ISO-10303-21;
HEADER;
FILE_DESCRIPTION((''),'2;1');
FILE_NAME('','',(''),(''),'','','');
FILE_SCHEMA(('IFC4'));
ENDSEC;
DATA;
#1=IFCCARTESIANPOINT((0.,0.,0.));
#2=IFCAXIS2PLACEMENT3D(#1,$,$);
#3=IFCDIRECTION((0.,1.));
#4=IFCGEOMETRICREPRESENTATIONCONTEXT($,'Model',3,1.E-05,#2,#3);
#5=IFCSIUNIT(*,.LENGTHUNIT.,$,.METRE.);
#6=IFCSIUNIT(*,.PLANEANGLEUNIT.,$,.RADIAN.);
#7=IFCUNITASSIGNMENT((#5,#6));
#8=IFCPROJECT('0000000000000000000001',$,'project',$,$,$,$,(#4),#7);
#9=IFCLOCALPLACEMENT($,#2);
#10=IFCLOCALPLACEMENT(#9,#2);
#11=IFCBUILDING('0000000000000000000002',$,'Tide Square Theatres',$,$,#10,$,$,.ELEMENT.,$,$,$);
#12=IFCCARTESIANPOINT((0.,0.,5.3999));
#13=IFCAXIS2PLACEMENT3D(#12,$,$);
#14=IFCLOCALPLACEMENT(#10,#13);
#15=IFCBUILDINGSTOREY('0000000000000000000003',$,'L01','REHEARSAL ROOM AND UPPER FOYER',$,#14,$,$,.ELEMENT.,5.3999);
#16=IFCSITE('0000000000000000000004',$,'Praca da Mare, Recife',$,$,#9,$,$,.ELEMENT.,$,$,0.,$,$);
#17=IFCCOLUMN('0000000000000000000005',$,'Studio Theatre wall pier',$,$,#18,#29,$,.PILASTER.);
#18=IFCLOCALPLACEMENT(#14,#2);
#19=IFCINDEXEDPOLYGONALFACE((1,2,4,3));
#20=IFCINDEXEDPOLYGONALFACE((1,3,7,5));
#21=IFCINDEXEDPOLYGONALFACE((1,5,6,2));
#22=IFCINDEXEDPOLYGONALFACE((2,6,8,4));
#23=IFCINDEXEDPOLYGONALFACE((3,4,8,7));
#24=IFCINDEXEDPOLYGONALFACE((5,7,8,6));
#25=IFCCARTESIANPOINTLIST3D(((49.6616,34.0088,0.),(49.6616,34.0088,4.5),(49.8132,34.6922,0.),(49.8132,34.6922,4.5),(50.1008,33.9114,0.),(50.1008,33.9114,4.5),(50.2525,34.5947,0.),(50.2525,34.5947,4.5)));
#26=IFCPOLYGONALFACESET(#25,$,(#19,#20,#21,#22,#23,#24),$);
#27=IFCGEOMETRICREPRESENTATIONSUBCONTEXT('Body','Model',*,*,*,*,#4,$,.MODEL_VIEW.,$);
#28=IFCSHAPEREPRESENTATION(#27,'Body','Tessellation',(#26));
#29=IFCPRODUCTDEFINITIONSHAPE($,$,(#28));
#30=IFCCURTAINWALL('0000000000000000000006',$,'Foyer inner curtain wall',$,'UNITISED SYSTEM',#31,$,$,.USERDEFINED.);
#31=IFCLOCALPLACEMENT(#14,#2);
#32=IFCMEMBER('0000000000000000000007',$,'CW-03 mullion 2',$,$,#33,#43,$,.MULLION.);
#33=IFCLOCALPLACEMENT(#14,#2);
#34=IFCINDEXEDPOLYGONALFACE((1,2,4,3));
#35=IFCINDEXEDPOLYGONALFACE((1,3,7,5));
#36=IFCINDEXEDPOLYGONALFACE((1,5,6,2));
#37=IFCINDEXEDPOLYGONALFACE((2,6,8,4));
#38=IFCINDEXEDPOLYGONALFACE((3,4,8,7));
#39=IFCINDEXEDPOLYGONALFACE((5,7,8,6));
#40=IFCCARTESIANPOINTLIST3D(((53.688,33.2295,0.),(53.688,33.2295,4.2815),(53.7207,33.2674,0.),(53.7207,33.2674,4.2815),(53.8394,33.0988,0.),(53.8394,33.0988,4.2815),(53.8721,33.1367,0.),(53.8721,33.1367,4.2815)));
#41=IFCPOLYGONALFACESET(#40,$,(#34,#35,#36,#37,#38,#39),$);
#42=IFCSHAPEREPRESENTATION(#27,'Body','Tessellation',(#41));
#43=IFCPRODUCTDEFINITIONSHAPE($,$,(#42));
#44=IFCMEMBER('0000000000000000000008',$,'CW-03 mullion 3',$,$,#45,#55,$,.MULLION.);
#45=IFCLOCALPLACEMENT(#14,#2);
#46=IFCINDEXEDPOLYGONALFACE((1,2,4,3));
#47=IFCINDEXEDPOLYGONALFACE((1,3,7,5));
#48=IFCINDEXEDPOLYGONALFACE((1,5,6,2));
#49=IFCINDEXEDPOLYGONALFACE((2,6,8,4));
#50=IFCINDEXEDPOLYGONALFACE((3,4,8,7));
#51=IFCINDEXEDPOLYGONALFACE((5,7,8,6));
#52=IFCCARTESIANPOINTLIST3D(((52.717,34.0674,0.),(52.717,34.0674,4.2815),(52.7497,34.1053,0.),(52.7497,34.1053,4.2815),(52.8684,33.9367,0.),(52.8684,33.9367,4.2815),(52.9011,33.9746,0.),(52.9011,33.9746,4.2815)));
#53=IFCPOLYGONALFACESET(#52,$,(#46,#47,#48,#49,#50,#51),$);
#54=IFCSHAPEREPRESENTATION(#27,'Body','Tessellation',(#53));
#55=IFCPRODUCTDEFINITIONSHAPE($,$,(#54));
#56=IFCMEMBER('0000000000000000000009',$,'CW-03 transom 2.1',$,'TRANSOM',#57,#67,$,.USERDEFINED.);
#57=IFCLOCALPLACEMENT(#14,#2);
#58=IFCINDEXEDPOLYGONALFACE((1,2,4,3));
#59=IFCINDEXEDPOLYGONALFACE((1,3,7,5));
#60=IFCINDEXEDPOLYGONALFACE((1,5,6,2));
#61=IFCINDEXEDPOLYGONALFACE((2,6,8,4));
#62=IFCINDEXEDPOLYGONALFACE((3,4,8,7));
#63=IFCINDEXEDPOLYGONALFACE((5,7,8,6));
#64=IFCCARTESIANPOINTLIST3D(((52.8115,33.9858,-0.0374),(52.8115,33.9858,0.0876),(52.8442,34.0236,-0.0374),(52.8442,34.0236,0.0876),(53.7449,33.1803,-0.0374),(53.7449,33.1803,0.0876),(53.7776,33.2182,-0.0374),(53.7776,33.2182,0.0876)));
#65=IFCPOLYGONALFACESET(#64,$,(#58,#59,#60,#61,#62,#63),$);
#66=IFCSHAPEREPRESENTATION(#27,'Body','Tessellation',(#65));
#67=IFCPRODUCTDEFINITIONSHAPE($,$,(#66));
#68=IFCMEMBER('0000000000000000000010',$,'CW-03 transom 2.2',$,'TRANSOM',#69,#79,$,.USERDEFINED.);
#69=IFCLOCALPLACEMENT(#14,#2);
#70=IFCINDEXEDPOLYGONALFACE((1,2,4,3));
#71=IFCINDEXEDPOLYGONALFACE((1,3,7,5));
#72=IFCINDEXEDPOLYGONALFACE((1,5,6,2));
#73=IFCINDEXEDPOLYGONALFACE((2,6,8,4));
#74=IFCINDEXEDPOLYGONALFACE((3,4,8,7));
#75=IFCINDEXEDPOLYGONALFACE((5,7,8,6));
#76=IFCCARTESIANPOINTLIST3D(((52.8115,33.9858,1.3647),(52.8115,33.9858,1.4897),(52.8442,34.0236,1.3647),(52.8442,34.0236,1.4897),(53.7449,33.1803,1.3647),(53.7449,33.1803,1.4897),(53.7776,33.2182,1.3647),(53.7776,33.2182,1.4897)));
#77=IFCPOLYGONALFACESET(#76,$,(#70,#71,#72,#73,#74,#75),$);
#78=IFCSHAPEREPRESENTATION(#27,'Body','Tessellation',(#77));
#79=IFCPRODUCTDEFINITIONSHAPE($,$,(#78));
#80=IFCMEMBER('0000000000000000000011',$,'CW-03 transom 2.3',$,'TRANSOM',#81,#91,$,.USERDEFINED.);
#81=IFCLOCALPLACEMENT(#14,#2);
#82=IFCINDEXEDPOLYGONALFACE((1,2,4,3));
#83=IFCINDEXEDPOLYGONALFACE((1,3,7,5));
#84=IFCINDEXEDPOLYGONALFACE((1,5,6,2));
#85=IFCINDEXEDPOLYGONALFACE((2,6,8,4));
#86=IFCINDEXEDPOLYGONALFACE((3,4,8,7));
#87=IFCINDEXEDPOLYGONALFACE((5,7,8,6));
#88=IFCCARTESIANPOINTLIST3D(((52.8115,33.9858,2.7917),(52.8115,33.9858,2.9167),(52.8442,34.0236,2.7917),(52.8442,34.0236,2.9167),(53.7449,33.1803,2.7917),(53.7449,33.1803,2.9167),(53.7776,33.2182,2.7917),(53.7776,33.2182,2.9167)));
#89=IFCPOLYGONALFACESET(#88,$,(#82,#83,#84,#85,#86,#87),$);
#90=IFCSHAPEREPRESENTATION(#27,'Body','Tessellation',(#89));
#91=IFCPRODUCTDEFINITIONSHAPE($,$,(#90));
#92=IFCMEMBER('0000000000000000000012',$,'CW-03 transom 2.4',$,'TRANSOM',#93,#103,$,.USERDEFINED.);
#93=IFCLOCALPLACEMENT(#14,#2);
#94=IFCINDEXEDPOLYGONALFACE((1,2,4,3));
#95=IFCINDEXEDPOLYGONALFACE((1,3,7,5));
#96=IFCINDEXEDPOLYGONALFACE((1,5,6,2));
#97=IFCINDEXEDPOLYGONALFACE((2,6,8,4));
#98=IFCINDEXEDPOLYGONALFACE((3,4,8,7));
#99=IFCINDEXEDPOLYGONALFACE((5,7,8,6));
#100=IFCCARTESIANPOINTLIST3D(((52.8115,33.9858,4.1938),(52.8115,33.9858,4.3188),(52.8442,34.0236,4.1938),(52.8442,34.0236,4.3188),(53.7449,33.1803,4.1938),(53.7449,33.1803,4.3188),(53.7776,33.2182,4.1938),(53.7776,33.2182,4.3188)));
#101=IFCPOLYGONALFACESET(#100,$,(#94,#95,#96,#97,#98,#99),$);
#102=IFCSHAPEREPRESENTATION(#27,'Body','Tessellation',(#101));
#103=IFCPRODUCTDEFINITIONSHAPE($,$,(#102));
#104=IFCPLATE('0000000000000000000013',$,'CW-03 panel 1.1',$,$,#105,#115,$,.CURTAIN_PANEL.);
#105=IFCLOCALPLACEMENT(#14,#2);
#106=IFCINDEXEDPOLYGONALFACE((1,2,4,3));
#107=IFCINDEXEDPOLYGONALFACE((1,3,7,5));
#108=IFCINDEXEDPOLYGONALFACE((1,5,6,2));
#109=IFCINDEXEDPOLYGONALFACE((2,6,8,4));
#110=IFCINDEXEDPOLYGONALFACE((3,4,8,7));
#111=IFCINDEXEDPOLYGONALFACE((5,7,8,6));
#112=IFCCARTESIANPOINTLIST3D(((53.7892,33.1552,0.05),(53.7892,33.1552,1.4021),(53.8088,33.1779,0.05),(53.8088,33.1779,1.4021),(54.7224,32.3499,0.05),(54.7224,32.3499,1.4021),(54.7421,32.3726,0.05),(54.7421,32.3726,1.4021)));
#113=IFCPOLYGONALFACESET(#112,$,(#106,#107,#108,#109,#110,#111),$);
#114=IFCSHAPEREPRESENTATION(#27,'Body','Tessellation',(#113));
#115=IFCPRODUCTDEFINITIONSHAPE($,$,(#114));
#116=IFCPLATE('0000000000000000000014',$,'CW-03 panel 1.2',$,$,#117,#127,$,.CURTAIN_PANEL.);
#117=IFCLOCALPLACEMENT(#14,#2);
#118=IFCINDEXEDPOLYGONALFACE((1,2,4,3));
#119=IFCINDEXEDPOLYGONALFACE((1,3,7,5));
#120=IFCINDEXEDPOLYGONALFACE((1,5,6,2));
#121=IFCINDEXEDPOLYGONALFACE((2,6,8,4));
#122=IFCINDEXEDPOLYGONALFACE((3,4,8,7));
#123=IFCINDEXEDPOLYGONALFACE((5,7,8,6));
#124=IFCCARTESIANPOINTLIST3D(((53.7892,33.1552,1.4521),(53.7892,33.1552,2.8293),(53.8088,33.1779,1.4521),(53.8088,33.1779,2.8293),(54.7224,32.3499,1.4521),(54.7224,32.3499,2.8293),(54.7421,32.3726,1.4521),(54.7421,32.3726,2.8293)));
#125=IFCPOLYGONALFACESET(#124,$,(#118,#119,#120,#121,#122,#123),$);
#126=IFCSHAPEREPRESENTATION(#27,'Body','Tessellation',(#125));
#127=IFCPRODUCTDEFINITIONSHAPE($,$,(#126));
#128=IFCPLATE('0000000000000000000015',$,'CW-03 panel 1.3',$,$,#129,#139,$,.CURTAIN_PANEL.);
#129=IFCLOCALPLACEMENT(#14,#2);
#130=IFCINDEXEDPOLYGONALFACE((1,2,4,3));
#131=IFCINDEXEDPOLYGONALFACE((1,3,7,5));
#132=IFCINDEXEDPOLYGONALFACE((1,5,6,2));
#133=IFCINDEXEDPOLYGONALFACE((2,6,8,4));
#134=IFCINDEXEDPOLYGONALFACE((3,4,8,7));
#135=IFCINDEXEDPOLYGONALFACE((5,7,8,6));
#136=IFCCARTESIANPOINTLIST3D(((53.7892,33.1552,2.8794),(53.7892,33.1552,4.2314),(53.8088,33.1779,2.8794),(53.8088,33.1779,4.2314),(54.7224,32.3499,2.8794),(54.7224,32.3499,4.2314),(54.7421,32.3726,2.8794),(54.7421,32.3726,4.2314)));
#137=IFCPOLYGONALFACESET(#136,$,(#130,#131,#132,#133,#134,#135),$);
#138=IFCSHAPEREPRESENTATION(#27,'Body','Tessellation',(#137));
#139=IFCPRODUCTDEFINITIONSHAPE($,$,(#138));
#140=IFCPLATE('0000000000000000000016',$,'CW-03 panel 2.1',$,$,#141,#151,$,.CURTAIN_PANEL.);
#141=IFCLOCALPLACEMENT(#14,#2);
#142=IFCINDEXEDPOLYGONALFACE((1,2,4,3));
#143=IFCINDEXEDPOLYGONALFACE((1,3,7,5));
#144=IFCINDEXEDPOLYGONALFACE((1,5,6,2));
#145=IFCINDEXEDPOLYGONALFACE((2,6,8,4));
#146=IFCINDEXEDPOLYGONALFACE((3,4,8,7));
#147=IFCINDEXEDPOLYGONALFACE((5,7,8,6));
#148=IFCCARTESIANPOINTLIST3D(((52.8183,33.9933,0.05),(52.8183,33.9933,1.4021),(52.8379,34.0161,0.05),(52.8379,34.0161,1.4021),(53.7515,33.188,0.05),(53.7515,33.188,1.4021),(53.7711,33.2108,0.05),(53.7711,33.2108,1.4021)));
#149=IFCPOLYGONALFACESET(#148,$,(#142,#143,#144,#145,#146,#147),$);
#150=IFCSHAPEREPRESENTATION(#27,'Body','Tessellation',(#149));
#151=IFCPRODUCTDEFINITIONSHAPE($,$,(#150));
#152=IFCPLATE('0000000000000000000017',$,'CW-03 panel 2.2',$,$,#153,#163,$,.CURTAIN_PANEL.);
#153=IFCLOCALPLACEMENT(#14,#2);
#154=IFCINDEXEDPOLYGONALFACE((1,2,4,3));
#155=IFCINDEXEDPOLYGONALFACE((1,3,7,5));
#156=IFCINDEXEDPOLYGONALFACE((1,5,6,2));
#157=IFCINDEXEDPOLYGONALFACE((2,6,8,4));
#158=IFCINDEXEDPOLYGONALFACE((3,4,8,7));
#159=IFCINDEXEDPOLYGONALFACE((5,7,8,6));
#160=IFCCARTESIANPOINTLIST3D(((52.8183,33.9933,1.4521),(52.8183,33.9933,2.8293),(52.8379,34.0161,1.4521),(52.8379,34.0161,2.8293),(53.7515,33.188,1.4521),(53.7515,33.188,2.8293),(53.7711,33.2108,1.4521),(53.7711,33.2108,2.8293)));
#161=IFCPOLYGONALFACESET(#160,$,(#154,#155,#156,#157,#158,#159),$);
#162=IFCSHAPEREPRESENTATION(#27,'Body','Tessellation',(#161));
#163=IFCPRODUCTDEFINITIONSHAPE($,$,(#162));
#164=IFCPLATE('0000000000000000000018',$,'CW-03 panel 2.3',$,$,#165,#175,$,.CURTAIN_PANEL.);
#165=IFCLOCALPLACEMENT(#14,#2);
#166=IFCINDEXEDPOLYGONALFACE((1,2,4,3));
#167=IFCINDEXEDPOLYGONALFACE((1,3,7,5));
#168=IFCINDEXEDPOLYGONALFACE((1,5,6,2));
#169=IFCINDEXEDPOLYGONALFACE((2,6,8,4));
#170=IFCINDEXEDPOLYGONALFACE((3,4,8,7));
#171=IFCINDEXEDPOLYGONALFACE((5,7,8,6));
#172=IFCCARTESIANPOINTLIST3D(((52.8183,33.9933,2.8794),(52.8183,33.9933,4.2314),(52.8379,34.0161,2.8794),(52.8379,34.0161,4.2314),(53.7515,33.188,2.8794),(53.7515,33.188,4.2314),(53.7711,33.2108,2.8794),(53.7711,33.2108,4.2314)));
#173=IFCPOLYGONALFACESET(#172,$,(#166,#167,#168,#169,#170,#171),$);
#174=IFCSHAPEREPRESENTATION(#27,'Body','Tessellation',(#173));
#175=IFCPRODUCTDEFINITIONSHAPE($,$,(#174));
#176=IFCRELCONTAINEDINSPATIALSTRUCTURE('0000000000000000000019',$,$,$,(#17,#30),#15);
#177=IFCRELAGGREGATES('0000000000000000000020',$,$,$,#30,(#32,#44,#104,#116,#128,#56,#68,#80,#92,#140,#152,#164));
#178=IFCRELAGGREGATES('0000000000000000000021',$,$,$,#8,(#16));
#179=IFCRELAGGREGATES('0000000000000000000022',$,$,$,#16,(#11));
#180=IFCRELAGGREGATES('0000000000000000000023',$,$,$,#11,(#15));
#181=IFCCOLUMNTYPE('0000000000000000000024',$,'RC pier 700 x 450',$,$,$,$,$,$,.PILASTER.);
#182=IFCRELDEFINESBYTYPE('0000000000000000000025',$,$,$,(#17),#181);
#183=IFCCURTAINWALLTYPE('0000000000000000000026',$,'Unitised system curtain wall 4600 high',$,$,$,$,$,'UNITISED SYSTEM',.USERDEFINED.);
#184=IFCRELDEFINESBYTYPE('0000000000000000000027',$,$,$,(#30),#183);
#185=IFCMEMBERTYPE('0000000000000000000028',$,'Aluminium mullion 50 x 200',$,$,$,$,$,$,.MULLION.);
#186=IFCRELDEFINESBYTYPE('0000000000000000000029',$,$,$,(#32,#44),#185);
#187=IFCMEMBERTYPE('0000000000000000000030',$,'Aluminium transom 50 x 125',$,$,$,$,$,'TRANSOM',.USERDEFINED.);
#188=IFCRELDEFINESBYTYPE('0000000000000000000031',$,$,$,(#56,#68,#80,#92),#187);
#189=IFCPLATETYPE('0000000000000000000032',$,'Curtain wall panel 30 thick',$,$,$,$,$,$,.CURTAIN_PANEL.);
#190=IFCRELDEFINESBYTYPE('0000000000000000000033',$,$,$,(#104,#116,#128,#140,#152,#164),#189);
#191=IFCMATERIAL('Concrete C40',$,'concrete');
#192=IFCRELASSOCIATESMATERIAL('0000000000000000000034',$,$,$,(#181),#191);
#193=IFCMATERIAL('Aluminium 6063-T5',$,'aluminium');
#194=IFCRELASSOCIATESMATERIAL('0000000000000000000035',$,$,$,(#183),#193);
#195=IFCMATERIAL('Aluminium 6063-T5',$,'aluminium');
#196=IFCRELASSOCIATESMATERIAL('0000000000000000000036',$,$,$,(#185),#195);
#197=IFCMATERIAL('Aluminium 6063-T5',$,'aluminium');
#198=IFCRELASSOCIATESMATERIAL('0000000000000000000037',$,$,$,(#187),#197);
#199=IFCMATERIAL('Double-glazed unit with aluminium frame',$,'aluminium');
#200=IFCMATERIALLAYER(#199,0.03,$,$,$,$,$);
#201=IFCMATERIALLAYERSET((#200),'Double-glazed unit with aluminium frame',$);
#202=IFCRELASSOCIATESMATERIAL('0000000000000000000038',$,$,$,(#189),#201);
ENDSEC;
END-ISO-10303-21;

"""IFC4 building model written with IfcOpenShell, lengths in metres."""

from ifc_helpers import new_model, si_unit, direction, frame, origin, origin_2d, place, context, subcontext, project, spatial, rectangle, extrude, material, layer, layer_set, material_profile, profile_set, type_object, element, aggregate, save


model = new_model("IFC4")

# Units and contexts
model_context = context("Model", 3, precision=1e-05, world=origin(), true_north=direction((0.0, 1.0)))
body_context = subcontext(model_context, "Body", "Model", "MODEL_VIEW")
ifc_project = project(units=[si_unit("LENGTHUNIT", "METRE"), si_unit("PLANEANGLEUNIT", "RADIAN")], contexts=[model_context])

# Site, building, storey
site_placement = place(None, origin())
site = spatial("IfcSite", under=ifc_project, at=site_placement, Name="Praca da Mare, Recife", CompositionType="ELEMENT", RefElevation=0.0)
building_placement = place(site_placement, origin())
building = spatial("IfcBuilding", under=site, at=building_placement, Name="Tide Square Theatres", CompositionType="ELEMENT")
storey_placement = place(building_placement, frame((0.0, 0.0, 5.3999)))
storey = spatial("IfcBuildingStorey", under=building, at=storey_placement, Name="L01", Description="REHEARSAL ROOM AND UPPER FOYER", CompositionType="ELEMENT", Elevation=5.3999)

# Column
ifc_material_1 = material(Name="Concrete C40", Category="concrete")
ifc_material_profile_1 = material_profile(ifc_material_1, rectangle(XDim=0.7, YDim=0.45, at=origin_2d()))
ifc_profile_set_1 = profile_set([ifc_material_profile_1], Name="Concrete C40")
column_type = type_object("IfcColumnType", Name="RC pier 700 x 450", PredefinedType="PILASTER", material=ifc_profile_set_1)
column_placement = place(storey_placement, frame((49.957, 34.3018, 0.0), z_axis=(0.0, 0.0, 1.0), x_axis=(0.216641, 0.976251, 0.0)))
element("IfcColumn", 1, at=column_placement, inside=storey, type_object=column_type, Name="Studio Theatre wall pier", PredefinedType="PILASTER", context=body_context, shape_type="SweptSolid", body=[
    extrude(rectangle(XDim=0.7, YDim=0.45, at=origin_2d()), origin(), (0.0, 0.0, 1.0), 4.5),
])

# Curtain wall, members, plates
ifc_material_2 = material(Name="Aluminium 6063-T5", Category="aluminium")
curtain_wall_type = type_object("IfcCurtainWallType", Name="Unitised system curtain wall 4600 high", ElementType="UNITISED SYSTEM", PredefinedType="USERDEFINED", material=ifc_material_2)
curtain_wall_placement = place(storey_placement, origin())
curtain_wall = element("IfcCurtainWall", 2, at=curtain_wall_placement, inside=storey, type_object=curtain_wall_type, Name="Foyer inner curtain wall", ObjectType="UNITISED SYSTEM", PredefinedType="USERDEFINED")
ifc_material_3 = material(Name="Aluminium 6063-T5", Category="aluminium")
ifc_material_profile_2 = material_profile(ifc_material_3, rectangle(XDim=0.05, YDim=0.2, at=origin_2d()))
ifc_profile_set_2 = profile_set([ifc_material_profile_2], Name="Aluminium 6063-T5")
member_type_1 = type_object("IfcMemberType", Name="Aluminium mullion 50 x 200", PredefinedType="MULLION", material=ifc_profile_set_2)
member_1_placement = place(storey_placement, frame((53.78, 33.1831, 0.0), z_axis=(0.0, 0.0, 1.0), x_axis=(-0.653313, -0.757088, 0.0)))
member_1 = element("IfcMember", 3, at=member_1_placement, type_object=member_type_1, Name="CW-03 mullion 2", PredefinedType="MULLION", context=body_context, shape_type="SweptSolid", body=[
    extrude(rectangle(XDim=0.05, YDim=0.2, at=origin_2d()), origin(), (0.0, 0.0, 1.0), 4.2815),
])
member_2_placement = place(storey_placement, frame((52.8091, 34.021, 0.0), z_axis=(0.0, 0.0, 1.0), x_axis=(-0.653313, -0.757088, 0.0)))
member_2 = element("IfcMember", 4, at=member_2_placement, type_object=member_type_1, Name="CW-03 mullion 3", PredefinedType="MULLION", context=body_context, shape_type="SweptSolid", body=[
    extrude(rectangle(XDim=0.05, YDim=0.2, at=origin_2d()), origin(), (0.0, 0.0, 1.0), 4.2815),
])
ifc_material_4 = material(Name="Aluminium 6063-T5", Category="aluminium")
ifc_material_profile_3 = material_profile(ifc_material_4, rectangle(XDim=0.05, YDim=0.125, at=origin_2d()))
ifc_profile_set_3 = profile_set([ifc_material_profile_3], Name="Aluminium 6063-T5")
member_type_2 = type_object("IfcMemberType", Name="Aluminium transom 50 x 125", ElementType="TRANSOM", PredefinedType="USERDEFINED", material=ifc_profile_set_3)
member_3_placement = place(storey_placement, frame((53.7612, 33.1992, 0.0251), z_axis=(-0.757086, 0.653316, 0.0), x_axis=(-0.653316, -0.757086, 0.0)))
member_3 = element("IfcMember", 5, at=member_3_placement, type_object=member_type_2, Name="CW-03 transom 2.1", ObjectType="TRANSOM", PredefinedType="USERDEFINED", context=body_context, shape_type="SweptSolid", body=[
    extrude(rectangle(XDim=0.05, YDim=0.125, at=origin_2d()), origin(), (0.0, 0.0, 1.0), 1.2329),
])
member_4_placement = place(storey_placement, frame((53.7612, 33.1992, 1.4272), z_axis=(-0.757086, 0.653316, 0.0), x_axis=(-0.653316, -0.757086, 0.0)))
member_4 = element("IfcMember", 6, at=member_4_placement, type_object=member_type_2, Name="CW-03 transom 2.2", ObjectType="TRANSOM", PredefinedType="USERDEFINED", context=body_context, shape_type="SweptSolid", body=[
    extrude(rectangle(XDim=0.05, YDim=0.125, at=origin_2d()), origin(), (0.0, 0.0, 1.0), 1.2329),
])
member_5_placement = place(storey_placement, frame((53.7612, 33.1992, 2.8542), z_axis=(-0.757086, 0.653316, 0.0), x_axis=(-0.653316, -0.757086, 0.0)))
member_5 = element("IfcMember", 7, at=member_5_placement, type_object=member_type_2, Name="CW-03 transom 2.3", ObjectType="TRANSOM", PredefinedType="USERDEFINED", context=body_context, shape_type="SweptSolid", body=[
    extrude(rectangle(XDim=0.05, YDim=0.125, at=origin_2d()), origin(), (0.0, 0.0, 1.0), 1.2329),
])
member_6_placement = place(storey_placement, frame((53.7612, 33.1992, 4.2563), z_axis=(-0.757086, 0.653316, 0.0), x_axis=(-0.653316, -0.757086, 0.0)))
member_6 = element("IfcMember", 8, at=member_6_placement, type_object=member_type_2, Name="CW-03 transom 2.4", ObjectType="TRANSOM", PredefinedType="USERDEFINED", context=body_context, shape_type="SweptSolid", body=[
    extrude(rectangle(XDim=0.05, YDim=0.125, at=origin_2d()), origin(), (0.0, 0.0, 1.0), 1.2329),
])
ifc_material_5 = material(Name="Double-glazed unit with aluminium frame", Category="aluminium")
ifc_layer_1 = layer(ifc_material_5, 0.03)
ifc_layer_set_1 = layer_set([ifc_layer_1], Name="Double-glazed unit with aluminium frame")
plate_type = type_object("IfcPlateType", Name="Curtain wall panel 30 thick", PredefinedType="CURTAIN_PANEL", material=ifc_layer_set_1)
plate_1_placement = place(storey_placement, frame((54.2656, 32.7639, 0.05), z_axis=(0.0, 0.0, 1.0), x_axis=(-0.757088, 0.653313, 0.0)))
plate_1 = element("IfcPlate", 9, at=plate_1_placement, type_object=plate_type, Name="CW-03 panel 1.1", PredefinedType="CURTAIN_PANEL", context=body_context, shape_type="SweptSolid", body=[
    extrude(rectangle(XDim=1.2327, YDim=0.03, at=origin_2d()), origin(), (0.0, 0.0, 1.0), 1.3521),
])
plate_2_placement = place(storey_placement, frame((54.2656, 32.7639, 1.4521), z_axis=(0.0, 0.0, 1.0), x_axis=(-0.757088, 0.653313, 0.0)))
plate_2 = element("IfcPlate", 10, at=plate_2_placement, type_object=plate_type, Name="CW-03 panel 1.2", PredefinedType="CURTAIN_PANEL", context=body_context, shape_type="SweptSolid", body=[
    extrude(rectangle(XDim=1.2327, YDim=0.03, at=origin_2d()), origin(), (0.0, 0.0, 1.0), 1.3772),
])
plate_3_placement = place(storey_placement, frame((54.2656, 32.7639, 2.8794), z_axis=(0.0, 0.0, 1.0), x_axis=(-0.757088, 0.653313, 0.0)))
plate_3 = element("IfcPlate", 11, at=plate_3_placement, type_object=plate_type, Name="CW-03 panel 1.3", PredefinedType="CURTAIN_PANEL", context=body_context, shape_type="SweptSolid", body=[
    extrude(rectangle(XDim=1.2327, YDim=0.03, at=origin_2d()), origin(), (0.0, 0.0, 1.0), 1.3521),
])
plate_4_placement = place(storey_placement, frame((53.2947, 33.6021, 0.05), z_axis=(0.0, 0.0, 1.0), x_axis=(-0.757088, 0.653313, 0.0)))
plate_4 = element("IfcPlate", 12, at=plate_4_placement, type_object=plate_type, Name="CW-03 panel 2.1", PredefinedType="CURTAIN_PANEL", context=body_context, shape_type="SweptSolid", body=[
    extrude(rectangle(XDim=1.2327, YDim=0.03, at=origin_2d()), origin(), (0.0, 0.0, 1.0), 1.3521),
])
plate_5_placement = place(storey_placement, frame((53.2947, 33.6021, 1.4521), z_axis=(0.0, 0.0, 1.0), x_axis=(-0.757088, 0.653313, 0.0)))
plate_5 = element("IfcPlate", 13, at=plate_5_placement, type_object=plate_type, Name="CW-03 panel 2.2", PredefinedType="CURTAIN_PANEL", context=body_context, shape_type="SweptSolid", body=[
    extrude(rectangle(XDim=1.2327, YDim=0.03, at=origin_2d()), origin(), (0.0, 0.0, 1.0), 1.3772),
])
plate_6_placement = place(storey_placement, frame((53.2947, 33.6021, 2.8794), z_axis=(0.0, 0.0, 1.0), x_axis=(-0.757088, 0.653313, 0.0)))
plate_6 = element("IfcPlate", 14, at=plate_6_placement, type_object=plate_type, Name="CW-03 panel 2.3", PredefinedType="CURTAIN_PANEL", context=body_context, shape_type="SweptSolid", body=[
    extrude(rectangle(XDim=1.2327, YDim=0.03, at=origin_2d()), origin(), (0.0, 0.0, 1.0), 1.3521),
])
aggregate(curtain_wall, [member_1, member_2, plate_1, plate_2, plate_3, member_3, member_4, member_5, member_6, plate_4, plate_5, plate_6])

save(model, "model.ifc")
